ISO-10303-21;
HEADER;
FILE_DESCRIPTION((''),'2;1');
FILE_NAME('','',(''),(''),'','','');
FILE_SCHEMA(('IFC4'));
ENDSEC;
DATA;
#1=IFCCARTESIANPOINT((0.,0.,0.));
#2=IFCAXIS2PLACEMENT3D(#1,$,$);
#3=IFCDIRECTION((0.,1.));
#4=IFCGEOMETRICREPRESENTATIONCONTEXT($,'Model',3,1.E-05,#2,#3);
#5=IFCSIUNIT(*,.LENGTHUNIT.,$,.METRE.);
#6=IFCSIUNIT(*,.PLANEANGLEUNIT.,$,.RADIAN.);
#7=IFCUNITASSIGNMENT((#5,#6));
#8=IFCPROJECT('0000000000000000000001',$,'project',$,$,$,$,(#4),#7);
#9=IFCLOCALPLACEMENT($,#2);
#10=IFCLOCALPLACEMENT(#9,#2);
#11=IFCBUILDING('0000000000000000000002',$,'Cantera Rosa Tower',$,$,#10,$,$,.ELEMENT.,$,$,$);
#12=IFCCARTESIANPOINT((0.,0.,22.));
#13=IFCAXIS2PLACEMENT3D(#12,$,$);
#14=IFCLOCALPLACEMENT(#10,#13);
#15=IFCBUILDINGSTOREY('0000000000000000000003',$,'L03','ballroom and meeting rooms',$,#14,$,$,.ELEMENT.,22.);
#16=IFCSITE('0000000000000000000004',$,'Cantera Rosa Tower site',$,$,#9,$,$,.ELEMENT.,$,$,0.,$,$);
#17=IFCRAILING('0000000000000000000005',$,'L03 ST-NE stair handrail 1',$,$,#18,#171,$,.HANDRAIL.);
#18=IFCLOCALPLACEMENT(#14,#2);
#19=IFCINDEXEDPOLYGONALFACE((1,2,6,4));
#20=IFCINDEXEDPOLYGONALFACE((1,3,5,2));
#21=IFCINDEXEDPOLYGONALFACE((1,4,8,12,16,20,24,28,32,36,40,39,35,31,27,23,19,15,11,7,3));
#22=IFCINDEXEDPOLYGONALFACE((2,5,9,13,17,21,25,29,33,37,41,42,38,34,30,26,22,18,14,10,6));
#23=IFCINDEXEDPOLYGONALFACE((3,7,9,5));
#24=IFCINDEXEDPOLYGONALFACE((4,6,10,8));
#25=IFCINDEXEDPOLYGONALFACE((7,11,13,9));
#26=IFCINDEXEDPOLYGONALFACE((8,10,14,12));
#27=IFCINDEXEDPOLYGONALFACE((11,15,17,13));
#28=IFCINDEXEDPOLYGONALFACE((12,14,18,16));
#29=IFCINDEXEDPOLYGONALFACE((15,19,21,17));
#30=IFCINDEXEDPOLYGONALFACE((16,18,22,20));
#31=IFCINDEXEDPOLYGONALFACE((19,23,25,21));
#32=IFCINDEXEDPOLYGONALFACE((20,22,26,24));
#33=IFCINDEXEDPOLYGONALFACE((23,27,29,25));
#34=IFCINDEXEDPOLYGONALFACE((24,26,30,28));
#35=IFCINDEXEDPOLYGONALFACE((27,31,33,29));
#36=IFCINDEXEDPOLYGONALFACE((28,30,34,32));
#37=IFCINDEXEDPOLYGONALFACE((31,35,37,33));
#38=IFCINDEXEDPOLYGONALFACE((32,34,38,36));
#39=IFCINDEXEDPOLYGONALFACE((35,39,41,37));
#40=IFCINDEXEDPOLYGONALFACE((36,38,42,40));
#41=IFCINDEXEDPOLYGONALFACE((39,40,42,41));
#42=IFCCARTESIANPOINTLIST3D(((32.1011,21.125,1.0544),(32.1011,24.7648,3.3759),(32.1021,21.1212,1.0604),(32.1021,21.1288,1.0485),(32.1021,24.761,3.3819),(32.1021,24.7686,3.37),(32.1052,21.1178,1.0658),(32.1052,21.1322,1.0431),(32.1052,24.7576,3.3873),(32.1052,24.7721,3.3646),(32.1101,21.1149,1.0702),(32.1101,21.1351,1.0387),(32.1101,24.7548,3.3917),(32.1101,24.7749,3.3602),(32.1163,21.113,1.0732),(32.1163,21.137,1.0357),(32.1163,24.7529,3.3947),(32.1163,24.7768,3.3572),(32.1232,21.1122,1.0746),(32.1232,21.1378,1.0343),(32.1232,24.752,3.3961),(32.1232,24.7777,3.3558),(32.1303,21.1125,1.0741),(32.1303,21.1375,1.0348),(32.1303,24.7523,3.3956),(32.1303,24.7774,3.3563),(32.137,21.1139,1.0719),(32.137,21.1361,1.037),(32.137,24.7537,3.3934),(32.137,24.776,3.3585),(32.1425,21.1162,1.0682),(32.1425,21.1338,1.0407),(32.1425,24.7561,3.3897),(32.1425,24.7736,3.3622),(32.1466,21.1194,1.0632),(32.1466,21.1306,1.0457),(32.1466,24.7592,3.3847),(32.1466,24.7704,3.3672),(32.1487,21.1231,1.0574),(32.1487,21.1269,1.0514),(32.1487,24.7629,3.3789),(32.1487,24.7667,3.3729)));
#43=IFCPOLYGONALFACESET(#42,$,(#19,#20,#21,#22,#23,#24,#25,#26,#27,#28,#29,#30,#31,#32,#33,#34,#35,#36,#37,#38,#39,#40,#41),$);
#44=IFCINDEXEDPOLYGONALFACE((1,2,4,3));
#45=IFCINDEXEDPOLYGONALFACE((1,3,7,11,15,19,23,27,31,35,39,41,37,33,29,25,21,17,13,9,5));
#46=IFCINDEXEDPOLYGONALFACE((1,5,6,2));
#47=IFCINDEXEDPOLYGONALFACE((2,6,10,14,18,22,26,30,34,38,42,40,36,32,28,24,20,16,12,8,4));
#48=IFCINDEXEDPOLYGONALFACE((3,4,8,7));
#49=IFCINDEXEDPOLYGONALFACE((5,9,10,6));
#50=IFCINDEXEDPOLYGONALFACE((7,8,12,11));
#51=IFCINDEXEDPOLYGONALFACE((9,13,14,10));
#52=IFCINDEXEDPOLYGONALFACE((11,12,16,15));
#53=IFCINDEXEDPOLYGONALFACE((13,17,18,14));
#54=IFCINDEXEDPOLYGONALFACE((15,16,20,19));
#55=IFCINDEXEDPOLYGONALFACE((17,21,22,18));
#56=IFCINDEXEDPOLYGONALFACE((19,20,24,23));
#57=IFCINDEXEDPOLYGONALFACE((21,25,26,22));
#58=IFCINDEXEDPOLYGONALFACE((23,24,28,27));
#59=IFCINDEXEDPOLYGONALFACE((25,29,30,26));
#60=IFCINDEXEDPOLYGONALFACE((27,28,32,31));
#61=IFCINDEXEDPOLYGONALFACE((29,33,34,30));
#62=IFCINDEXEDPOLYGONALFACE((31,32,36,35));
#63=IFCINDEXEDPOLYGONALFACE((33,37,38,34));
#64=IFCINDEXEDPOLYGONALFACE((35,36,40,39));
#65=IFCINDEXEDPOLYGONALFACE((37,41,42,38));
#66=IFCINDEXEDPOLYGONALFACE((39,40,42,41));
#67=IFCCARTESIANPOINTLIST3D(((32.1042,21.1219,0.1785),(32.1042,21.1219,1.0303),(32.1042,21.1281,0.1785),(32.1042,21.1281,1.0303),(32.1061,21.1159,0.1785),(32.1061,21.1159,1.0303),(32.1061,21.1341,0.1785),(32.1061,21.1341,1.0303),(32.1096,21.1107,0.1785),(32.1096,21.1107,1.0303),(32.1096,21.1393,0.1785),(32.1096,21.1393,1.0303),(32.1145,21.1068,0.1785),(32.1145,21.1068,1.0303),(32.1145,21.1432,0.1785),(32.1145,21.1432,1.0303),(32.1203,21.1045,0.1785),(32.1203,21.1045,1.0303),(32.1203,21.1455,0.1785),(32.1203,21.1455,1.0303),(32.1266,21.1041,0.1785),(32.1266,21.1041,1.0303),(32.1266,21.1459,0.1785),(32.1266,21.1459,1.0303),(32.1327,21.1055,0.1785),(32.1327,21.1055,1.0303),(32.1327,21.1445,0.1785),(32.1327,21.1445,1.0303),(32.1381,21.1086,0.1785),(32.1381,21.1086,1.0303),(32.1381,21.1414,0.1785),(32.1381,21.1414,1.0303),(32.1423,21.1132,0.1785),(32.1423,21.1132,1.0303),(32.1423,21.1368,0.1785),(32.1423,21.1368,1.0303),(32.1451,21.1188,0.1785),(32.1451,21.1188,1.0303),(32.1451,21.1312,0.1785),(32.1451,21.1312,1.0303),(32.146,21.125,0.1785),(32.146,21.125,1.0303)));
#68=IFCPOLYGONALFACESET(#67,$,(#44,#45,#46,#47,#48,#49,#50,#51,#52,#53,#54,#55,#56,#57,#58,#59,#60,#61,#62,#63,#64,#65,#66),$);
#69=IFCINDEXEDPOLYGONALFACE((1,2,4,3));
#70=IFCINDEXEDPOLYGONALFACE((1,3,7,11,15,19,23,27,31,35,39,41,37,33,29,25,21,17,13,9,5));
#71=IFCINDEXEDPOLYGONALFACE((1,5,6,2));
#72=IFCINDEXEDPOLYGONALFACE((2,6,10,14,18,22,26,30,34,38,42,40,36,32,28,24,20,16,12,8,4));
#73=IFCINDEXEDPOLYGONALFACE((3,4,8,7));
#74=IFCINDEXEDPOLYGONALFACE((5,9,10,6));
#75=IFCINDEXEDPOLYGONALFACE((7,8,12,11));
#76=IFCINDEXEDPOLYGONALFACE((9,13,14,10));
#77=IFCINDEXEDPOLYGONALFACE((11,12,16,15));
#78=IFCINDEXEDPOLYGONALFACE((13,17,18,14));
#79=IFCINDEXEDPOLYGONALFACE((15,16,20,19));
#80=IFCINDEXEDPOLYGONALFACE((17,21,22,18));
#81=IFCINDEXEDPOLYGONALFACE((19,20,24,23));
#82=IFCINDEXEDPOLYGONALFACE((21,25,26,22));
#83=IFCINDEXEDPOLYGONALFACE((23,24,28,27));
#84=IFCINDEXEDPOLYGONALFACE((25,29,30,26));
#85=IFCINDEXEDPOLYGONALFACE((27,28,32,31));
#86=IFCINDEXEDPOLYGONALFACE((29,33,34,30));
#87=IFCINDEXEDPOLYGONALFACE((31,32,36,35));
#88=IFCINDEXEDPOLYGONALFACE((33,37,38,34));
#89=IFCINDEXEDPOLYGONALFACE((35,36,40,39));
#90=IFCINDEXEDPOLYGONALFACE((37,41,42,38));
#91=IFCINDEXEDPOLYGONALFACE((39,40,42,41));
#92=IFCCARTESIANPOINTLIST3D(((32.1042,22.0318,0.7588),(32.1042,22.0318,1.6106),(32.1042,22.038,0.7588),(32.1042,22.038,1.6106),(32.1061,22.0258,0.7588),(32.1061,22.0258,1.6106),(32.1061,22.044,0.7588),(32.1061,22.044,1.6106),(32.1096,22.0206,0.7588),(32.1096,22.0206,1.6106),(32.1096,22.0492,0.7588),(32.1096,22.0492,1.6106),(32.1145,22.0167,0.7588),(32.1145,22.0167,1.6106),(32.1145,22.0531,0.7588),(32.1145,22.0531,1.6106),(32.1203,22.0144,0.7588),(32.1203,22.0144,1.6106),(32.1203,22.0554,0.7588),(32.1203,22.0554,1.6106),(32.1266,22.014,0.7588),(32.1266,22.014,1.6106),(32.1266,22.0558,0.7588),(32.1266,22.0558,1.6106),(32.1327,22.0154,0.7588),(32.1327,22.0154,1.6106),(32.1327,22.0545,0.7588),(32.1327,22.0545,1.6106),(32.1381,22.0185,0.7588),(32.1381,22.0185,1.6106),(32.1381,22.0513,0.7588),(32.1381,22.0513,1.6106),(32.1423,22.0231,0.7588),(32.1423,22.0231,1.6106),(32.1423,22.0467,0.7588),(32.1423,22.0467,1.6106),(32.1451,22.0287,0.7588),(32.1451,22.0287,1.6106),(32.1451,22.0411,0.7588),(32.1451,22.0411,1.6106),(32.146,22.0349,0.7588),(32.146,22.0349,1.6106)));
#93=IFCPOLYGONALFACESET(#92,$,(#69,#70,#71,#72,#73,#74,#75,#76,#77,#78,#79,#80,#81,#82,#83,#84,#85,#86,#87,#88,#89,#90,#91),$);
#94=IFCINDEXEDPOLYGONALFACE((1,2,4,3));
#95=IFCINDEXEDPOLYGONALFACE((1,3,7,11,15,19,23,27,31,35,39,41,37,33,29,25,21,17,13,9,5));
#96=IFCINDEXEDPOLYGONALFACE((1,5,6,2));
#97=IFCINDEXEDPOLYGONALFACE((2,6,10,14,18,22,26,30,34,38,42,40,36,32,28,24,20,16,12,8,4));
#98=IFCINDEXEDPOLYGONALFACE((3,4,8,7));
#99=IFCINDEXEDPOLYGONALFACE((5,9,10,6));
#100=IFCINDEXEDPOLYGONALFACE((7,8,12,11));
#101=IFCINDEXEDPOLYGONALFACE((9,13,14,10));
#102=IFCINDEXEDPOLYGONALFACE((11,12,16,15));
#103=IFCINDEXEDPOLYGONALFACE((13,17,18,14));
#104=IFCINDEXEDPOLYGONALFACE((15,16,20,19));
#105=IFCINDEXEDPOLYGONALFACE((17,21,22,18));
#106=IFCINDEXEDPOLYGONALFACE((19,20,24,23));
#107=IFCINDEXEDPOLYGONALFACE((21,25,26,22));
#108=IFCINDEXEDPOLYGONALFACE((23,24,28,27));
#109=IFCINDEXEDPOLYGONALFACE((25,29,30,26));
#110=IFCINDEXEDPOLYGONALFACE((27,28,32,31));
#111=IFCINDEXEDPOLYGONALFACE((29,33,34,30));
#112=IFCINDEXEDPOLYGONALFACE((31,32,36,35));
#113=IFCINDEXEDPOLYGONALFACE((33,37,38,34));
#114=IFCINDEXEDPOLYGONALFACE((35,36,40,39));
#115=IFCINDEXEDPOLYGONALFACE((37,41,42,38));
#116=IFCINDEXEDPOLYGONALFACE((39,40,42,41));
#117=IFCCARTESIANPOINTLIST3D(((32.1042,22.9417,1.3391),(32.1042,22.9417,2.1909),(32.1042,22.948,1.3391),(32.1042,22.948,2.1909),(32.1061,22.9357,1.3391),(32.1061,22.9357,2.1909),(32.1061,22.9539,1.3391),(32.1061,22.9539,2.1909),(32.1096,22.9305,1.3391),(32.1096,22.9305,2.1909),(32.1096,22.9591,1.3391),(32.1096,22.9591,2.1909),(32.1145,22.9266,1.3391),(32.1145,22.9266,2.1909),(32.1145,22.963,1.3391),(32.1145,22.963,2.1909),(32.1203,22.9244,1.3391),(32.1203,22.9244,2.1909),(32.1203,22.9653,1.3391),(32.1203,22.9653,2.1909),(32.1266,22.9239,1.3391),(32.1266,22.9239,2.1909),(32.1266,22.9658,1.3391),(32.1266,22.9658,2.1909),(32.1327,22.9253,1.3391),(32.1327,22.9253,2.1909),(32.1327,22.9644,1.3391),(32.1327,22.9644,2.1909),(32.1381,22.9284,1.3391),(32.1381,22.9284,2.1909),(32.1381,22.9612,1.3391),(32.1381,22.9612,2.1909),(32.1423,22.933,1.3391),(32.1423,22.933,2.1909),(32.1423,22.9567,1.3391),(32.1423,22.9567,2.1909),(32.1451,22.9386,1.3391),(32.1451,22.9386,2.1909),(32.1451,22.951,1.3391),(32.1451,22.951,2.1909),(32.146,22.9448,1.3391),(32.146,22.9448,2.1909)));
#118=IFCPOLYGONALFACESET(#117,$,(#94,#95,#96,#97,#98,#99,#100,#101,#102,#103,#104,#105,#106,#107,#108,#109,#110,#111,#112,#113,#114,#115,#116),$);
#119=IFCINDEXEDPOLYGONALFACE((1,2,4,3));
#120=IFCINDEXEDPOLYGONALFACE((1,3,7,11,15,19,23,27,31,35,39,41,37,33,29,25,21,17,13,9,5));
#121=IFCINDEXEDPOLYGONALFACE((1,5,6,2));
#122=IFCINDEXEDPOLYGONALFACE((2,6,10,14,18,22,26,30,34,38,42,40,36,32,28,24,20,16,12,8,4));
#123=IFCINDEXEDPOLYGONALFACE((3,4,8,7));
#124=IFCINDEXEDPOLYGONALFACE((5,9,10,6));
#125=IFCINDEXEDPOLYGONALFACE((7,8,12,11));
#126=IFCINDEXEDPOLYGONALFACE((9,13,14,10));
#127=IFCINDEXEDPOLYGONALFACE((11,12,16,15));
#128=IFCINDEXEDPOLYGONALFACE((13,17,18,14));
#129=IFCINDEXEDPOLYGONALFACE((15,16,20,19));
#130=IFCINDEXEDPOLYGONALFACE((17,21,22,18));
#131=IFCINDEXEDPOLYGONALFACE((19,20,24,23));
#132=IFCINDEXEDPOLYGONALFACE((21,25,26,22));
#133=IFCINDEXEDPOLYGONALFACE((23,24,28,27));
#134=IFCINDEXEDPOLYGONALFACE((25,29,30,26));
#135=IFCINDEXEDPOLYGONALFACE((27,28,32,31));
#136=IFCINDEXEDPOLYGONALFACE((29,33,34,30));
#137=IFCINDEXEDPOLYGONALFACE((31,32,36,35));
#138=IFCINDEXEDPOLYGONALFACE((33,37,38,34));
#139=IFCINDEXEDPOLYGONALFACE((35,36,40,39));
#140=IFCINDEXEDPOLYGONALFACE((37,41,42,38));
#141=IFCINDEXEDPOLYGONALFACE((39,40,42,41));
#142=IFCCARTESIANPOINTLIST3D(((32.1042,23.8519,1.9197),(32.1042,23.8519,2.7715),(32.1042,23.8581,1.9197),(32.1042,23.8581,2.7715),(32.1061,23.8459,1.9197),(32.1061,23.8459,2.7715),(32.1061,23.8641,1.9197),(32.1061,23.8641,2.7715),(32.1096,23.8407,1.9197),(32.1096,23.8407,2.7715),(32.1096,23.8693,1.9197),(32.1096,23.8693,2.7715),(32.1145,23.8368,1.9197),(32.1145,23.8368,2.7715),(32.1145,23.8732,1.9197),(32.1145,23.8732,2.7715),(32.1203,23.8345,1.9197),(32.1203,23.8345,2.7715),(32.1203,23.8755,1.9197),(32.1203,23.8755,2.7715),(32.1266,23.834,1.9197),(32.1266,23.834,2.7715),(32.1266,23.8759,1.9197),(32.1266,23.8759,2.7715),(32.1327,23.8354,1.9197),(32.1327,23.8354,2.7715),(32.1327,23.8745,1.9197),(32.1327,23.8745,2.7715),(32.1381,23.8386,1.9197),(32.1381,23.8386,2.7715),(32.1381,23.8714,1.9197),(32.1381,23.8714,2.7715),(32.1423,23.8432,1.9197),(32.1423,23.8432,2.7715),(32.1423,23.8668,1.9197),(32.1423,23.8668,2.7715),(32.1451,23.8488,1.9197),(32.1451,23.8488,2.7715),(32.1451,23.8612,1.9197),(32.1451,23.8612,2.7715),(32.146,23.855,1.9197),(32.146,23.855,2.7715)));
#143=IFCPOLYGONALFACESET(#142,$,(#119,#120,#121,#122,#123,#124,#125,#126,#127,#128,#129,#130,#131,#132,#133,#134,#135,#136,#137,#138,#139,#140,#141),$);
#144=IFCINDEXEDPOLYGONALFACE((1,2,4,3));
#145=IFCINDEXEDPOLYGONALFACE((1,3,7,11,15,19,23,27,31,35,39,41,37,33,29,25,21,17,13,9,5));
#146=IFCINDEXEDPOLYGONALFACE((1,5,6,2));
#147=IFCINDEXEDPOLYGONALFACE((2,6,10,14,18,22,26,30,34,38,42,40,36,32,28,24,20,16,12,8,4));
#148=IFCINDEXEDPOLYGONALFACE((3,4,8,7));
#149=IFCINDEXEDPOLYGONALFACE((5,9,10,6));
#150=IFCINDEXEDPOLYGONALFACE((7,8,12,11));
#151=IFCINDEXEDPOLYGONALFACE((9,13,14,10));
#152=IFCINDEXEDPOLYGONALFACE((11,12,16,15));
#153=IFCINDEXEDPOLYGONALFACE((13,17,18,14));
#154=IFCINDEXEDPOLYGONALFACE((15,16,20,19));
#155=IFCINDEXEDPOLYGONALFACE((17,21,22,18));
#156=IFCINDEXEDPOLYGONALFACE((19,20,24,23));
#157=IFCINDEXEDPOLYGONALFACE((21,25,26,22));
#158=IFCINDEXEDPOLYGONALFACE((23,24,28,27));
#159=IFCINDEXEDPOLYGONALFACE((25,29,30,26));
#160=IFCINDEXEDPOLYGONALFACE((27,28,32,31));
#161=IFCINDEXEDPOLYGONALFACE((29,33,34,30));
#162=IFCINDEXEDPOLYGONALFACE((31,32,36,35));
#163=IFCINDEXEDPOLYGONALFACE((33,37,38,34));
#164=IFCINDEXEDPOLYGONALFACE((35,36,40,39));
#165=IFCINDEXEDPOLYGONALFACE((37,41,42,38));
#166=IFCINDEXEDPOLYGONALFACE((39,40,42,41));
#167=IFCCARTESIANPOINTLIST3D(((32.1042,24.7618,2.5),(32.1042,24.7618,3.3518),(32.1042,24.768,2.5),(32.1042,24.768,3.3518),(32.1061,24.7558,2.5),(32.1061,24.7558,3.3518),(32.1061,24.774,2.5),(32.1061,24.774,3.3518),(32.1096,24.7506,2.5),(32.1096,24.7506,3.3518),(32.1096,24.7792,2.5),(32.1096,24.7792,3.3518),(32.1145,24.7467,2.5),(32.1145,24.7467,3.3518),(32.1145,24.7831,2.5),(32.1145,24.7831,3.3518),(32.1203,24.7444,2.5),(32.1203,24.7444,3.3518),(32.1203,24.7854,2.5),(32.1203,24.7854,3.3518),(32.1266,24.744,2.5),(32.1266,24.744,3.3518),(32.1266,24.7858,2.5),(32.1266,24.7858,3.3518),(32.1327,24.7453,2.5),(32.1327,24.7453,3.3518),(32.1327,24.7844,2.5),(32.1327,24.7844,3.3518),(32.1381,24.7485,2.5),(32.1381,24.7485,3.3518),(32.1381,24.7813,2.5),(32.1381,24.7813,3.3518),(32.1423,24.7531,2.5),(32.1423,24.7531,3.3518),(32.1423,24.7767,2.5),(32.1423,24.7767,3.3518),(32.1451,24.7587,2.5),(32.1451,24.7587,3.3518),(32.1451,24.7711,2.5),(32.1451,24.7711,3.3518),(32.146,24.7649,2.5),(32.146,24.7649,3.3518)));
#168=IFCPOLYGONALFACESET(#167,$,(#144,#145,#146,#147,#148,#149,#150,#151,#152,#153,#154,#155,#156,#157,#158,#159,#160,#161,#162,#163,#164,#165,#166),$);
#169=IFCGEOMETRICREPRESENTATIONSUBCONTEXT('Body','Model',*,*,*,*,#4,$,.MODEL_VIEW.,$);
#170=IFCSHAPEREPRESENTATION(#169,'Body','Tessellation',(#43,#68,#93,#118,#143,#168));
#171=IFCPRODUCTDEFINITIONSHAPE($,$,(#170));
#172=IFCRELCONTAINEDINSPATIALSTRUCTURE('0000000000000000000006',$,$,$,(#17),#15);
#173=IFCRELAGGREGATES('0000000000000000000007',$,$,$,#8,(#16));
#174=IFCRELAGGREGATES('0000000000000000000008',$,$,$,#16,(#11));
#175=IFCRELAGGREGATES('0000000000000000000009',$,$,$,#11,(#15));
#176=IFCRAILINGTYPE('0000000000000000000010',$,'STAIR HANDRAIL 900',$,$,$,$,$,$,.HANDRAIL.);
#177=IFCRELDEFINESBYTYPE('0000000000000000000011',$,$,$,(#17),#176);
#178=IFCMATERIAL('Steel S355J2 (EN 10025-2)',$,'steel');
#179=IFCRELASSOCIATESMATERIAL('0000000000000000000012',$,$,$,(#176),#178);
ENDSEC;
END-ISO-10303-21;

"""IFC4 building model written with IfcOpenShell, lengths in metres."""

from ifc_helpers import new_model, si_unit, direction, frame, origin, origin_2d, place, context, subcontext, project, spatial, circle, extrude, material, type_object, element, save


model = new_model("IFC4")

# Units and contexts
model_context = context("Model", 3, precision=1e-05, world=origin(), true_north=direction((0.0, 1.0)))
body_context = subcontext(model_context, "Body", "Model", "MODEL_VIEW")
ifc_project = project(units=[si_unit("LENGTHUNIT", "METRE"), si_unit("PLANEANGLEUNIT", "RADIAN")], contexts=[model_context])

# Site, building, storey
site_placement = place(None, origin())
site = spatial("IfcSite", under=ifc_project, at=site_placement, Name="Cantera Rosa Tower site", CompositionType="ELEMENT", RefElevation=0.0)
building_placement = place(site_placement, origin())
building = spatial("IfcBuilding", under=site, at=building_placement, Name="Cantera Rosa Tower", CompositionType="ELEMENT")
storey_placement = place(building_placement, frame((0.0, 0.0, 22.0)))
storey = spatial("IfcBuildingStorey", under=building, at=storey_placement, Name="L03", Description="ballroom and meeting rooms", CompositionType="ELEMENT", Elevation=22.0)

# Railing
ifc_material_1 = material(Name="Steel S355J2 (EN 10025-2)", Category="steel")
railing_type_1 = type_object("IfcRailingType", Name="STAIR HANDRAIL 900", PredefinedType="HANDRAIL", material=ifc_material_1)
railing_1_placement = place(storey_placement, frame((32.125, 21.125, 0.1785)))
element("IfcRailing", 1, at=railing_1_placement, inside=storey, type_object=railing_type_1, Name="L03 ST-NE stair handrail 1", PredefinedType="HANDRAIL", context=body_context, shape_type="SweptSolid", body=[
    extrude(circle(Radius=0.0239, at=origin_2d()), frame((0.0, 0.0, 0.876), z_axis=(0.0, 0.843112, 0.537739), x_axis=(-1.0, 0.0, 0.0)), (0.0, 0.0, 1.0), 4.3171),
    extrude(circle(Radius=0.021, at=origin_2d()), origin(), (0.0, 0.0, 1.0), 0.8518),
    extrude(circle(Radius=0.021, at=origin_2d()), frame((0.0, 0.9099, 0.5803)), (0.0, 0.0, 1.0), 0.8518),
    extrude(circle(Radius=0.021, at=origin_2d()), frame((0.0, 1.8198, 1.1606)), (0.0, 0.0, 1.0), 0.8518),
    extrude(circle(Radius=0.021, at=origin_2d()), frame((0.0, 2.73, 1.7412)), (0.0, 0.0, 1.0), 0.8518),
    extrude(circle(Radius=0.021, at=origin_2d()), frame((0.0, 3.6399, 2.3215)), (0.0, 0.0, 1.0), 0.8518),
])

save(model, "model.ifc")
